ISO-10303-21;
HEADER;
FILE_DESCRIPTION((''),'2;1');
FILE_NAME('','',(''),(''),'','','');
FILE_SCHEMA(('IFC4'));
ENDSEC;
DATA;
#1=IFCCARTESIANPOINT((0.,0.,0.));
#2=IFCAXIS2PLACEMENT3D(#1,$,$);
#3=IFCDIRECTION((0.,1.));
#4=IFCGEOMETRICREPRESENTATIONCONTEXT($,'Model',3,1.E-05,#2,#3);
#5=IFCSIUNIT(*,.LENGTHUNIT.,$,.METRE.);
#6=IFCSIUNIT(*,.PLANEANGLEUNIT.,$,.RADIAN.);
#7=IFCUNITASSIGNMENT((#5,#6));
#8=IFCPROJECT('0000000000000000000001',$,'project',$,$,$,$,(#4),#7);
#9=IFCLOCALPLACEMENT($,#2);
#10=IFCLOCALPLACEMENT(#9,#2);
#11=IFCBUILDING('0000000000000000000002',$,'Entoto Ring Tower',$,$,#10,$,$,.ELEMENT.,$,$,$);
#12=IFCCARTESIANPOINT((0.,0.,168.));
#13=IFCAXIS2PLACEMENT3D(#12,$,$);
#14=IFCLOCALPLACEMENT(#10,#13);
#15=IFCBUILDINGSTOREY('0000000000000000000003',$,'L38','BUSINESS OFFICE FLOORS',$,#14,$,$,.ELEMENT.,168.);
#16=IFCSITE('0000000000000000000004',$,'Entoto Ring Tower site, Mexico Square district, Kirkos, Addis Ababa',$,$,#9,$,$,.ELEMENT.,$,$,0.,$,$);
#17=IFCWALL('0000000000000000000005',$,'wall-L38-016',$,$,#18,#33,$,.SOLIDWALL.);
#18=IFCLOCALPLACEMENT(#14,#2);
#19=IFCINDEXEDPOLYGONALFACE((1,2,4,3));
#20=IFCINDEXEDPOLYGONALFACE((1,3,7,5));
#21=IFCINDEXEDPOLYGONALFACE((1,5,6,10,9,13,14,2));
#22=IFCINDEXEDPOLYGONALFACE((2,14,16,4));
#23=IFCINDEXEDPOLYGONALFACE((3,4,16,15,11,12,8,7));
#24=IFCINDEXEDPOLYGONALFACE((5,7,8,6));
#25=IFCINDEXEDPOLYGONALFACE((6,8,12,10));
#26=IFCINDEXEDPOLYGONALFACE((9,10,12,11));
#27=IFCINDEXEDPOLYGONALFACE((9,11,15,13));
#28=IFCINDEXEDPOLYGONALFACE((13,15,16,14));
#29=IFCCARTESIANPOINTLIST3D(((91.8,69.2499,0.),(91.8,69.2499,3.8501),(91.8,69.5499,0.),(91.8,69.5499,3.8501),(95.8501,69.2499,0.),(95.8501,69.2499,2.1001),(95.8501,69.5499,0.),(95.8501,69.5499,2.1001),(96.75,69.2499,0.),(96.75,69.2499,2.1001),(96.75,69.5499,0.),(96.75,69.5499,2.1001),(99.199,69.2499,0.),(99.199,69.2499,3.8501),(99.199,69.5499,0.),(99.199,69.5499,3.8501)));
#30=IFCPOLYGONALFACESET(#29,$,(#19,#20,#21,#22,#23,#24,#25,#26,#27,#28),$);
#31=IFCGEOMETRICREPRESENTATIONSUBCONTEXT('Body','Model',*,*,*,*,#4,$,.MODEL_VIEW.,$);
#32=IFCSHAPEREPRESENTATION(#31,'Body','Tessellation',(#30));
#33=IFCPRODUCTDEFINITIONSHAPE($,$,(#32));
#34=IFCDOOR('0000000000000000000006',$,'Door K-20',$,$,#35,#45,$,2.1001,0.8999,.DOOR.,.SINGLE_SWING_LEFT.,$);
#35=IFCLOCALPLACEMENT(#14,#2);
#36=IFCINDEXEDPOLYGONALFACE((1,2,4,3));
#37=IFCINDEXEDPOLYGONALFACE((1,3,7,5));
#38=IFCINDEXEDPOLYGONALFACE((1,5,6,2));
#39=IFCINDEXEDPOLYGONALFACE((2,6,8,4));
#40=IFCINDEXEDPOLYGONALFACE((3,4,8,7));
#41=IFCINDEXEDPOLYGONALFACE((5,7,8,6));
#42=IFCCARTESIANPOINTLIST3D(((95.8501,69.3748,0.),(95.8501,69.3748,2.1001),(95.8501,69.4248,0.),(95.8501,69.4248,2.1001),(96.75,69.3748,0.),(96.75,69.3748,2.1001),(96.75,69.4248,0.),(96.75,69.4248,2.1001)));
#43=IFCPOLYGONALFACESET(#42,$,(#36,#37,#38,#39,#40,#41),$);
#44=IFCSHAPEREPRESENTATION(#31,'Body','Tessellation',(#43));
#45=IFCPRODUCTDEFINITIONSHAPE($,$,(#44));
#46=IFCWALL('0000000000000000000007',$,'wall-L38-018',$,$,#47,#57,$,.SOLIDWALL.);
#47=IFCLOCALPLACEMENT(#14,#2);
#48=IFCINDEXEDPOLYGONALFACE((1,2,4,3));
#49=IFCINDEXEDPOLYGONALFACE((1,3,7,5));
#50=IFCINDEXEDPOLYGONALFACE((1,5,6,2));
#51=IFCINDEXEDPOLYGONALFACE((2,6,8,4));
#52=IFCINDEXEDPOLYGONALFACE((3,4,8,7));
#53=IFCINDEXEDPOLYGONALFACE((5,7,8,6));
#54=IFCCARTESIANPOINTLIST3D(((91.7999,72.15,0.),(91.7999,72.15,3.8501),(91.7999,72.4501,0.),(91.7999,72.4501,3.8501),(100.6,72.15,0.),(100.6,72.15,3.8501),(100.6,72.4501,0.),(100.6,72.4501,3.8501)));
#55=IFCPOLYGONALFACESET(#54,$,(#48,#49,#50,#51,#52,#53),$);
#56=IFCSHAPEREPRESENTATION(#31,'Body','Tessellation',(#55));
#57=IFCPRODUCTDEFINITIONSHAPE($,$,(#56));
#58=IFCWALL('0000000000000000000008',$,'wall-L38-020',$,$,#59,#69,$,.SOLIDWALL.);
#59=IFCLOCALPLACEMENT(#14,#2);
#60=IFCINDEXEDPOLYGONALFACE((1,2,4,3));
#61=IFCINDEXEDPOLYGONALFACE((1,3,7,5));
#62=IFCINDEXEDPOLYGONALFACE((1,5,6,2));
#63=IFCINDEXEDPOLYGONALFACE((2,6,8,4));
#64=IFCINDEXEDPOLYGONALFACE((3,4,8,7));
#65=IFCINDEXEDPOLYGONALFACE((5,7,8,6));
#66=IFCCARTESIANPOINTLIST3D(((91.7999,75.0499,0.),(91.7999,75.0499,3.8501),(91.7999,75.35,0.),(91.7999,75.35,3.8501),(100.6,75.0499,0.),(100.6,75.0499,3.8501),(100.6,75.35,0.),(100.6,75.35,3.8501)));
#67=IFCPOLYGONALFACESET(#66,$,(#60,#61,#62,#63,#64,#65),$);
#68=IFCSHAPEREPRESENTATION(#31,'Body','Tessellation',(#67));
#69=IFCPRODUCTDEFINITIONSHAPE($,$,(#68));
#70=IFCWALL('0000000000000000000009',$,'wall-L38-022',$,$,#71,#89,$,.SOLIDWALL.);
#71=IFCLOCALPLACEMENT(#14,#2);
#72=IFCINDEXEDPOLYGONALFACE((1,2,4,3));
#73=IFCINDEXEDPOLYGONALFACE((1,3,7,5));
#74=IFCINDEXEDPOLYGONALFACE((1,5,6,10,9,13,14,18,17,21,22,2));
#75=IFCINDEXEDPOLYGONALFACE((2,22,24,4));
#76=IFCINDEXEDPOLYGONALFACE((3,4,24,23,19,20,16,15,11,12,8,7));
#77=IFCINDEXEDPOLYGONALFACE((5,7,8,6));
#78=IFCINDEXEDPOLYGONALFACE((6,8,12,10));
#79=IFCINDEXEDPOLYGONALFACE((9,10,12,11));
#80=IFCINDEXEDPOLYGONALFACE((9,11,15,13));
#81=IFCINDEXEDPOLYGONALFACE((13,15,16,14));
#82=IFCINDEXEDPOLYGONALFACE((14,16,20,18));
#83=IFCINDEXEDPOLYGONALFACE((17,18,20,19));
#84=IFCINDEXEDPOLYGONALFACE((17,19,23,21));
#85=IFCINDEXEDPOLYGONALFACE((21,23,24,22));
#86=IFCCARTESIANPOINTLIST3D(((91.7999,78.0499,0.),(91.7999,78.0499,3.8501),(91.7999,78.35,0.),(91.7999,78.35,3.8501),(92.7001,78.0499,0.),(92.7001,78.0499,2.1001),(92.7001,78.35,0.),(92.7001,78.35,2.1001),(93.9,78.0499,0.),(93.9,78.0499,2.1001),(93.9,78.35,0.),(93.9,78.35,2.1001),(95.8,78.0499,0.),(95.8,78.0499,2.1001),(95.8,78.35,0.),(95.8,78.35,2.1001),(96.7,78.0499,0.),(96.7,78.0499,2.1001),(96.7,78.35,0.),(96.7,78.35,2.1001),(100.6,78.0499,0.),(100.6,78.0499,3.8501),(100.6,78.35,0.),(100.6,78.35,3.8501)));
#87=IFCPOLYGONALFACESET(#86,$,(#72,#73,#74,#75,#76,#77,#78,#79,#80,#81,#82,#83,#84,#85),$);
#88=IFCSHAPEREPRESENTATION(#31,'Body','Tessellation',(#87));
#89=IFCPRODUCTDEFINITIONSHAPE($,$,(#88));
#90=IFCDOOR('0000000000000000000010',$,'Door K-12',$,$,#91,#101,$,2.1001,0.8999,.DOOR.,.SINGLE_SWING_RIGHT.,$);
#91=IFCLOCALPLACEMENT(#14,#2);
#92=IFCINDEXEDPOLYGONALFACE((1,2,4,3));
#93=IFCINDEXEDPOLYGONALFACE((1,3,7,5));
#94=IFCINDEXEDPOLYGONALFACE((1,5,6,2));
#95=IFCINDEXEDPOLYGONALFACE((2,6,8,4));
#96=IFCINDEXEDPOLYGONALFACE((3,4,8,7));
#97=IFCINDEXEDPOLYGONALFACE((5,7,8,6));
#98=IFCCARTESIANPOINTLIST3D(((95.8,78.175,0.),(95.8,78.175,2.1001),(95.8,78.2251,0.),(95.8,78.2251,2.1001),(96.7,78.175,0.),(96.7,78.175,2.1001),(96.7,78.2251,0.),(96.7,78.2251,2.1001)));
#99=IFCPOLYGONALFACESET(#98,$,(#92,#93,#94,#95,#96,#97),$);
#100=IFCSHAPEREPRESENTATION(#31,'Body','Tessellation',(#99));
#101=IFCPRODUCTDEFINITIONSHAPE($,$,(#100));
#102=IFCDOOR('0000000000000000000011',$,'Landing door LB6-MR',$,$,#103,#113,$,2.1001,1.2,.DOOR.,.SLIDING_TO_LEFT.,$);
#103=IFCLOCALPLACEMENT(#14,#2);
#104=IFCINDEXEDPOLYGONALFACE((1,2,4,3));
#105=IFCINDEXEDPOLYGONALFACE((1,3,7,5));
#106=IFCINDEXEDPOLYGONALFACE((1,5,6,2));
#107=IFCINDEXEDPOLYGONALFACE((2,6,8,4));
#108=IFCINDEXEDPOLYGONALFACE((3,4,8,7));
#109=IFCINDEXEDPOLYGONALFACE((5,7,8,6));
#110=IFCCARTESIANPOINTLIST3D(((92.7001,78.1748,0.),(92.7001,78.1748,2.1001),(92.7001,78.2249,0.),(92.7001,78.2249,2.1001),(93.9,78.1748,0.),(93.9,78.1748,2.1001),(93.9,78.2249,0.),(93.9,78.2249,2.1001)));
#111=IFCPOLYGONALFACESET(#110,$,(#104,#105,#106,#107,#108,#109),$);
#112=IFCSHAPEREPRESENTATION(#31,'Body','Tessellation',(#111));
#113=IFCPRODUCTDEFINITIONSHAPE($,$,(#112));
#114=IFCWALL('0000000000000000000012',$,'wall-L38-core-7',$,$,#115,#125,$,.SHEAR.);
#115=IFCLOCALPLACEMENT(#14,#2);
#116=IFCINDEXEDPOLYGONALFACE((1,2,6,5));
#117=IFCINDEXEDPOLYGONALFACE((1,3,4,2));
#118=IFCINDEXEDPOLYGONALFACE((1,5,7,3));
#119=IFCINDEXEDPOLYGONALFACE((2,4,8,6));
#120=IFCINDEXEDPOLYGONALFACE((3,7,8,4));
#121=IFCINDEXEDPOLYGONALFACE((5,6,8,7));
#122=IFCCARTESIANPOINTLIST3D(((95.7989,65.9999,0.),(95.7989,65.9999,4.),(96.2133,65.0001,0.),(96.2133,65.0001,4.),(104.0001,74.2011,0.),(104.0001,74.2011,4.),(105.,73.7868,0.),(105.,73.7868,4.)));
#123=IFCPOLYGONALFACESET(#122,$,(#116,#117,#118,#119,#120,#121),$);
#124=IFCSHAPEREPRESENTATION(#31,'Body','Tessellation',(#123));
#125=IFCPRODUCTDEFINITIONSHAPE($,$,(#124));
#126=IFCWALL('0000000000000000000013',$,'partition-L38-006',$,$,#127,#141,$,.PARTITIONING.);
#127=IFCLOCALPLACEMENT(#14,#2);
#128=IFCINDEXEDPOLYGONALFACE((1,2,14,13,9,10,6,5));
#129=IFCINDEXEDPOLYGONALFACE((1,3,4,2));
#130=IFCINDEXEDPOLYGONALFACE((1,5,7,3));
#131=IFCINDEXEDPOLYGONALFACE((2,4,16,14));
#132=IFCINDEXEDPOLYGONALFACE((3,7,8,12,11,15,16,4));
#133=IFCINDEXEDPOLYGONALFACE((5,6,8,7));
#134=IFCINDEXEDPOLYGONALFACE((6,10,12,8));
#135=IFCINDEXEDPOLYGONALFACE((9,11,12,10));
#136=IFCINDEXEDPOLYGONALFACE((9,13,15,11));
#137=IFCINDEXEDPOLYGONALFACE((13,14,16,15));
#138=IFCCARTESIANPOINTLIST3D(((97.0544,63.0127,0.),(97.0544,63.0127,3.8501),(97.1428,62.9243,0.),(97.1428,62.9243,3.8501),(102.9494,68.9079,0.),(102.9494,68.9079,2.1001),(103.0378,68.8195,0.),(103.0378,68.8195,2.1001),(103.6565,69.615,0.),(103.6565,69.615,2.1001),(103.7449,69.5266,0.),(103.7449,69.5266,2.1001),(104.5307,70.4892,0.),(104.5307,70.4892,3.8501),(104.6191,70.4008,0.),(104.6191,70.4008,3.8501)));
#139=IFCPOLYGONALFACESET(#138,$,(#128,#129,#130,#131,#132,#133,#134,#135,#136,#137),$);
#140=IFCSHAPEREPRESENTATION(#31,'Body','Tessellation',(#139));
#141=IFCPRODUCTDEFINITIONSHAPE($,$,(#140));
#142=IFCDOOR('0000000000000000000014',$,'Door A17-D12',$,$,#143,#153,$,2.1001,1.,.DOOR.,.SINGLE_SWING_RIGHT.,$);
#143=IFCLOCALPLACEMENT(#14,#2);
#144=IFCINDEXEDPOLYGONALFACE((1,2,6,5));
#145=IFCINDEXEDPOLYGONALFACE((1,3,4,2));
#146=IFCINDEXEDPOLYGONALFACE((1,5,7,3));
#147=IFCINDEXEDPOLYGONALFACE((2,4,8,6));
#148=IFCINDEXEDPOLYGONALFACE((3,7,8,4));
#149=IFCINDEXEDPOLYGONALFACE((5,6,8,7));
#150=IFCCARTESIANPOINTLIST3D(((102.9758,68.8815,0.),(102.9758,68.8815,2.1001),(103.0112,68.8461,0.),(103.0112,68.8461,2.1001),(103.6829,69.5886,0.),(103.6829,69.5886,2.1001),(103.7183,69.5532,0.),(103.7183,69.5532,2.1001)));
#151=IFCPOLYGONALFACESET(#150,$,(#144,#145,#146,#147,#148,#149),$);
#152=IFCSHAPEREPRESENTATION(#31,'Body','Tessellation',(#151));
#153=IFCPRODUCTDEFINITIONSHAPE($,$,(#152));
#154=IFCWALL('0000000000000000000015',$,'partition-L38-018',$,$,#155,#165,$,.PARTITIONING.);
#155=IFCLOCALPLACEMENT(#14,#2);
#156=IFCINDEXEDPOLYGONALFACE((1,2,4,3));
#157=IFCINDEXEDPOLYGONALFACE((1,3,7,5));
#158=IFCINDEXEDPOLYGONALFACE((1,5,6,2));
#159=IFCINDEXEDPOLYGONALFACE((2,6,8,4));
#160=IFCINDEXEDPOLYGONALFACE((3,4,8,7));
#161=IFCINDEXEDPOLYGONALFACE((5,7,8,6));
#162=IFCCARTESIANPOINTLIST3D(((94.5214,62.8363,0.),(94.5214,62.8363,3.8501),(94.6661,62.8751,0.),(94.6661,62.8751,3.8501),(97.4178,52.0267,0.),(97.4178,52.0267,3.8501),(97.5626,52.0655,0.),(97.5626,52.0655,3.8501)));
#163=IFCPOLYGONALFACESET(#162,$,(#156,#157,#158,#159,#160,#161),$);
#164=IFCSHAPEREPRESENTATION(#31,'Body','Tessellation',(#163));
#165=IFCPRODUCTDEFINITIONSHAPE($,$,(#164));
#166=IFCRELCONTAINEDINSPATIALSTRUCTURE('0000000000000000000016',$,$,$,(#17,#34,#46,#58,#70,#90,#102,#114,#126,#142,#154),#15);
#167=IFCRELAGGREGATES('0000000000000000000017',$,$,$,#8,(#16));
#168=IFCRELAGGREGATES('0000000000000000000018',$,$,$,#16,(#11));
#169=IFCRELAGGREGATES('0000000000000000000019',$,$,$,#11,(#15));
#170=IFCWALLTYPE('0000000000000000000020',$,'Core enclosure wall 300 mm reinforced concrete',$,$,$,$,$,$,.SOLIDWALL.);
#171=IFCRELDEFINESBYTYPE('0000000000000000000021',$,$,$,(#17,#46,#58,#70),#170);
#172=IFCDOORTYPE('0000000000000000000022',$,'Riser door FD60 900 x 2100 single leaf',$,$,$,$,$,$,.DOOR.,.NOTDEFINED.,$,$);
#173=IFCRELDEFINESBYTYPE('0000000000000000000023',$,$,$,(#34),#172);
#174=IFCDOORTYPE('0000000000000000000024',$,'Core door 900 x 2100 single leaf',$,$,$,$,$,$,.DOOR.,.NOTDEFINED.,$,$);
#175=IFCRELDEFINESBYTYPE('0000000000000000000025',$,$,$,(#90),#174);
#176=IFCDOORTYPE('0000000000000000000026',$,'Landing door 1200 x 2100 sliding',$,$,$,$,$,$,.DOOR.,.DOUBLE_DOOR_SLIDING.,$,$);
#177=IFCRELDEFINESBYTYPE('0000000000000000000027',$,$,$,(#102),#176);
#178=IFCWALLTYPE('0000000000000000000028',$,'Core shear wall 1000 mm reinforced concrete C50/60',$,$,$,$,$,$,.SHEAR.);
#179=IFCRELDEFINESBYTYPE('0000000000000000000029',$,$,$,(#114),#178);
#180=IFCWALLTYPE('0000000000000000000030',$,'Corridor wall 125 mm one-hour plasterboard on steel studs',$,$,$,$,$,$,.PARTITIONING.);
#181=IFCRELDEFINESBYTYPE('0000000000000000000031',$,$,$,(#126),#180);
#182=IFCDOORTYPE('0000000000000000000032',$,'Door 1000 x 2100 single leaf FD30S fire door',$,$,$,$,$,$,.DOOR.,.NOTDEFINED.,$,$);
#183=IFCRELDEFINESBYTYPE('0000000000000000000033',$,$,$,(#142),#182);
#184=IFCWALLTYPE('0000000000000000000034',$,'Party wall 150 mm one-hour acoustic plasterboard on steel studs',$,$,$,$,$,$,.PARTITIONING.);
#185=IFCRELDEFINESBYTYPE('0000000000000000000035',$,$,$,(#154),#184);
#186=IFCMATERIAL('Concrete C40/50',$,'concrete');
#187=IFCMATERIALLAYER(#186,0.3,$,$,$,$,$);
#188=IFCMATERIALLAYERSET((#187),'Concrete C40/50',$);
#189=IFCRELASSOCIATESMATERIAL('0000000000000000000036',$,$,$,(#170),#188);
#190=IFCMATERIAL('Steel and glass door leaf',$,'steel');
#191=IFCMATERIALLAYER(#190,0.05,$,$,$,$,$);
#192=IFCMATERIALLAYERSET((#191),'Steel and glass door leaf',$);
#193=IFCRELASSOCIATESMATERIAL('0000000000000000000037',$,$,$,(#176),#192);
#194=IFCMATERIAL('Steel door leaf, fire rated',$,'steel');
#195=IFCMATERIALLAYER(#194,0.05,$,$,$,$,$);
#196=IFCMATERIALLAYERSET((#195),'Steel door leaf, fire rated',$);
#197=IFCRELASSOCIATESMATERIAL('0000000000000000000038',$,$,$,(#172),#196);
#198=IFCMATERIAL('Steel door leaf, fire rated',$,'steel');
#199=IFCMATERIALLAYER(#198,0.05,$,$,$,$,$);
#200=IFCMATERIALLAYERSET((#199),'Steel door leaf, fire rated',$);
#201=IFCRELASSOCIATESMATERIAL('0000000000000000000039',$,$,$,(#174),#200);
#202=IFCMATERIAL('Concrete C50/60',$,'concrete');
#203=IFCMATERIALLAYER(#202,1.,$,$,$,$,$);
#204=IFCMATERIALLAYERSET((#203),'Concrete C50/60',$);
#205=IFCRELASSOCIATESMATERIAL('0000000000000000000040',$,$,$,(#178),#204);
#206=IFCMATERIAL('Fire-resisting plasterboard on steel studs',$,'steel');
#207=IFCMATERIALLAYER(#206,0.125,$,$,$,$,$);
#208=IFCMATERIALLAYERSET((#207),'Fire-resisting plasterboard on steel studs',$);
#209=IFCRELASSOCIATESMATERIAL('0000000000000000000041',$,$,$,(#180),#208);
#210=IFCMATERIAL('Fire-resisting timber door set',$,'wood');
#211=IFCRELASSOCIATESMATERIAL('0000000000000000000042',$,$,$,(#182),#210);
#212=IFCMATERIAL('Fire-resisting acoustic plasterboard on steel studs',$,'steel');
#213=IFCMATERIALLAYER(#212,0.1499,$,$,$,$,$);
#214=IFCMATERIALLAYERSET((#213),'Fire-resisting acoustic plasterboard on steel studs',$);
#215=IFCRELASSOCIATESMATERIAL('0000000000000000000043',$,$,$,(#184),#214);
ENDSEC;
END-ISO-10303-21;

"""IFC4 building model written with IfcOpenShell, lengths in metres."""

from ifc_helpers import new_model, si_unit, direction, frame, frame_2d, origin, place, context, subcontext, project, spatial, polyline, rectangle, outline, extrude, material, layer, layer_set, type_object, element, fill, save


model = new_model("IFC4")

# Units and contexts
model_context = context("Model", 3, precision=1e-05, world=origin(), true_north=direction((0.0, 1.0)))
body_context = subcontext(model_context, "Body", "Model", "MODEL_VIEW")
ifc_project = project(units=[si_unit("LENGTHUNIT", "METRE"), si_unit("PLANEANGLEUNIT", "RADIAN")], contexts=[model_context])

# Site, building, storey
site_placement = place(None, origin())
site = spatial("IfcSite", under=ifc_project, at=site_placement, Name="Entoto Ring Tower site, Mexico Square district, Kirkos, Addis Ababa", CompositionType="ELEMENT", RefElevation=0.0)
building_placement = place(site_placement, origin())
building = spatial("IfcBuilding", under=site, at=building_placement, Name="Entoto Ring Tower", CompositionType="ELEMENT")
storey_placement = place(building_placement, frame((0.0, 0.0, 168.0)))
storey = spatial("IfcBuildingStorey", under=building, at=storey_placement, Name="L38", Description="BUSINESS OFFICE FLOORS", CompositionType="ELEMENT", Elevation=168.0)

# Shared definitions
ifc_material_1 = material(Name="Concrete C40/50", Category="concrete")
ifc_layer_1 = layer(ifc_material_1, 0.3)
ifc_layer_set_1 = layer_set([ifc_layer_1], Name="Concrete C40/50")
wall_type_1 = type_object("IfcWallType", Name="Core enclosure wall 300 mm reinforced concrete", PredefinedType="SOLIDWALL", material=ifc_layer_set_1)

# Shared definitions
ifc_material_2 = material(Name="Steel and glass door leaf", Category="steel")
ifc_layer_2 = layer(ifc_material_2, 0.05)
ifc_layer_set_2 = layer_set([ifc_layer_2], Name="Steel and glass door leaf")
door_type_1 = type_object("IfcDoorType", Name="Landing door 1200 x 2100 sliding", OperationType="DOUBLE_DOOR_SLIDING", PredefinedType="DOOR", material=ifc_layer_set_2)

# Wall, opening, door
wall_1_placement = place(storey_placement, frame((91.8, 69.3999, 0.0), z_axis=(0.0, 0.0, 1.0), x_axis=(1.0, 0.0, 0.0)))
wall_1 = element("IfcWall", 1, at=wall_1_placement, inside=storey, type_object=wall_type_1, Name="wall-L38-016", PredefinedType="SOLIDWALL", context=body_context, shape_type="SweptSolid", body=[
    extrude(rectangle(XDim=7.3989, YDim=0.3, at=frame_2d((3.6995, 0.0))), origin(), (0.0, 0.0, 1.0), 3.8501),
])
opening_1_placement = place(wall_1_placement, frame((4.05, 0.0, 0.0)))
opening_1 = element("IfcOpeningElement", 2, at=opening_1_placement, cuts=wall_1, PredefinedType="OPENING", context=body_context, shape_type="SweptSolid", body=[
    extrude(rectangle(XDim=0.8999, YDim=2.1001, at=frame_2d((0.45, 1.05))), frame((0.0, 0.1602, 0.0), z_axis=(0.0, -1.0, 0.0), x_axis=(1.0, 0.0, 0.0)), (0.0, 0.0, 1.0), 0.3201),
])
ifc_material_3 = material(Name="Steel door leaf, fire rated", Category="steel")
ifc_layer_3 = layer(ifc_material_3, 0.05)
ifc_layer_set_3 = layer_set([ifc_layer_3], Name="Steel door leaf, fire rated")
door_type_2 = type_object("IfcDoorType", Name="Riser door FD60 900 x 2100 single leaf", OperationType="NOTDEFINED", PredefinedType="DOOR", material=ifc_layer_set_3)
door_1_placement = place(opening_1_placement, origin())
door_1 = element("IfcDoor", 3, at=door_1_placement, inside=storey, type_object=door_type_2, Name="Door K-20", OperationType="SINGLE_SWING_LEFT", OverallHeight=2.1001, OverallWidth=0.8999, PredefinedType="DOOR", context=body_context, shape_type="SweptSolid", body=[
    extrude(rectangle(XDim=0.8999, YDim=2.1001, at=frame_2d((0.45, 1.05))), frame((0.0, 0.0249, 0.0), z_axis=(0.0, -1.0, 0.0), x_axis=(1.0, 0.0, 0.0)), (0.0, 0.0, 1.0), 0.05),
])
fill(opening_1, door_1)

# Walls
for number, where, z_axis, x_axis, name in (
    (4, (91.8, 72.3, 0.0), (0.0, 0.0, 1.0), (1.0, 0.0, 0.0), "wall-L38-018"),
    (5, (91.8, 75.2, 0.0), (0.0, 0.0, 1.0), (1.0, 0.0, 0.0), "wall-L38-020"),
):
    element("IfcWall", number, at=place(storey_placement, frame(where, z_axis=z_axis, x_axis=x_axis)), inside=storey, type_object=wall_type_1, Name=name, PredefinedType="SOLIDWALL", context=body_context, shape_type="SweptSolid", body=[
        extrude(rectangle(XDim=8.8, YDim=0.3, at=frame_2d((4.3999, 0.0))), origin(), (0.0, 0.0, 1.0), 3.8501),
    ])

# Wall, openings, doors
wall_2_placement = place(storey_placement, frame((91.8, 78.2, 0.0), z_axis=(0.0, 0.0, 1.0), x_axis=(1.0, 0.0, 0.0)))
wall_2 = element("IfcWall", 6, at=wall_2_placement, inside=storey, type_object=wall_type_1, Name="wall-L38-022", PredefinedType="SOLIDWALL", context=body_context, shape_type="SweptSolid", body=[
    extrude(rectangle(XDim=8.8, YDim=0.3, at=frame_2d((4.3999, 0.0))), origin(), (0.0, 0.0, 1.0), 3.8501),
])
opening_2_placement = place(wall_2_placement, frame((0.8999, 0.0, 0.0)))
opening_2 = element("IfcOpeningElement", 7, at=opening_2_placement, cuts=wall_2, PredefinedType="OPENING", context=body_context, shape_type="SweptSolid", body=[
    extrude(rectangle(XDim=1.2, YDim=2.1001, at=frame_2d((0.6001, 1.05))), frame((0.0, 0.1602, 0.0), z_axis=(0.0, -1.0, 0.0), x_axis=(1.0, 0.0, 0.0)), (0.0, 0.0, 1.0), 0.3201),
])
opening_3_placement = place(wall_2_placement, frame((4.0, 0.0, 0.0)))
opening_3 = element("IfcOpeningElement", 8, at=opening_3_placement, cuts=wall_2, PredefinedType="OPENING", context=body_context, shape_type="SweptSolid", body=[
    extrude(rectangle(XDim=0.8999, YDim=2.1001, at=frame_2d((0.45, 1.05))), frame((0.0, 0.1602, 0.0), z_axis=(0.0, -1.0, 0.0), x_axis=(1.0, 0.0, 0.0)), (0.0, 0.0, 1.0), 0.3201),
])
ifc_material_4 = material(Name="Steel door leaf, fire rated", Category="steel")
ifc_layer_4 = layer(ifc_material_4, 0.05)
ifc_layer_set_4 = layer_set([ifc_layer_4], Name="Steel door leaf, fire rated")
door_type_3 = type_object("IfcDoorType", Name="Core door 900 x 2100 single leaf", OperationType="NOTDEFINED", PredefinedType="DOOR", material=ifc_layer_set_4)
door_2_placement = place(opening_3_placement, frame((0.8999, 0.0, 0.0), z_axis=(0.0, 0.0, 1.0), x_axis=(-1.0, 0.0, 0.0)))
door_2 = element("IfcDoor", 9, at=door_2_placement, inside=storey, type_object=door_type_3, Name="Door K-12", OperationType="SINGLE_SWING_RIGHT", OverallHeight=2.1001, OverallWidth=0.8999, PredefinedType="DOOR", context=body_context, shape_type="SweptSolid", body=[
    extrude(rectangle(XDim=0.8999, YDim=2.1001, at=frame_2d((0.45, 1.05))), frame((0.0, 0.0249, 0.0), z_axis=(0.0, -1.0, 0.0), x_axis=(1.0, 0.0, 0.0)), (0.0, 0.0, 1.0), 0.05),
])
fill(opening_3, door_2)
door_3_placement = place(opening_2_placement, origin())
door_3 = element("IfcDoor", 10, at=door_3_placement, inside=storey, type_object=door_type_1, Name="Landing door LB6-MR", OperationType="SLIDING_TO_LEFT", OverallHeight=2.1001, OverallWidth=1.2, PredefinedType="DOOR", context=body_context, shape_type="SweptSolid", body=[
    extrude(rectangle(XDim=1.2, YDim=2.1001, at=frame_2d((0.6001, 1.05))), frame((0.0, 0.0249, 0.0), z_axis=(0.0, -1.0, 0.0), x_axis=(1.0, 0.0, 0.0)), (0.0, 0.0, 1.0), 0.05),
])
fill(opening_2, door_3)

# Wall
ifc_material_5 = material(Name="Concrete C50/60", Category="concrete")
ifc_layer_5 = layer(ifc_material_5, 1.0)
ifc_layer_set_5 = layer_set([ifc_layer_5], Name="Concrete C50/60")
wall_type_2 = type_object("IfcWallType", Name="Core shear wall 1000 mm reinforced concrete C50/60", PredefinedType="SHEAR", material=ifc_layer_set_5)
wall_3_placement = place(storey_placement, frame((96.0061, 65.5, 0.0), z_axis=(0.0, 0.0, 1.0), x_axis=(0.707107, 0.707107, 0.0)))
element("IfcWall", 11, at=wall_3_placement, inside=storey, type_object=wall_type_2, Name="wall-L38-core-7", PredefinedType="SHEAR", context=body_context, shape_type="SweptSolid", body=[
    extrude(outline(polyline([(-0.207, -0.5), (12.2192, -0.5), (11.8052, 0.5), (0.207, 0.5), (-0.207, -0.5)])), origin(), (0.0, 0.0, 1.0), 4.0),
])

# Wall, opening, door
ifc_material_6 = material(Name="Fire-resisting plasterboard on steel studs", Category="steel")
ifc_layer_6 = layer(ifc_material_6, 0.125)
ifc_layer_set_6 = layer_set([ifc_layer_6], Name="Fire-resisting plasterboard on steel studs")
wall_type_3 = type_object("IfcWallType", Name="Corridor wall 125 mm one-hour plasterboard on steel studs", PredefinedType="PARTITIONING", material=ifc_layer_set_6)
wall_4_placement = place(storey_placement, frame((97.0986, 62.9685, 0.0), z_axis=(0.0, 0.0, 1.0), x_axis=(0.707095, 0.707118, 0.0)))
wall_4 = element("IfcWall", 12, at=wall_4_placement, inside=storey, type_object=wall_type_3, Name="partition-L38-006", PredefinedType="PARTITIONING", context=body_context, shape_type="SweptSolid", body=[
    extrude(rectangle(XDim=10.5732, YDim=0.125, at=frame_2d((5.2866, 0.0))), origin(), (0.0, 0.0, 1.0), 3.8501),
])
opening_4_placement = place(wall_4_placement, frame((8.3369, 0.0, 0.0)))
opening_4 = element("IfcOpeningElement", 13, at=opening_4_placement, cuts=wall_4, PredefinedType="OPENING", context=body_context, shape_type="SweptSolid", body=[
    extrude(rectangle(XDim=1.0, YDim=2.1001, at=frame_2d((0.5, 1.05))), frame((0.0, 0.0725, 0.0), z_axis=(0.0, -1.0, 0.0), x_axis=(1.0, 0.0, 0.0)), (0.0, 0.0, 1.0), 0.145),
])
ifc_material_7 = material(Name="Fire-resisting timber door set", Category="wood")
door_type_4 = type_object("IfcDoorType", Name="Door 1000 x 2100 single leaf FD30S fire door", OperationType="NOTDEFINED", PredefinedType="DOOR", material=ifc_material_7)
door_4_placement = place(opening_4_placement, frame((1.0, 0.0, 0.0), z_axis=(0.0, 0.0, 1.0), x_axis=(-1.0, 0.0, 0.0)))
door_4 = element("IfcDoor", 14, at=door_4_placement, inside=storey, type_object=door_type_4, Name="Door A17-D12", OperationType="SINGLE_SWING_RIGHT", OverallHeight=2.1001, OverallWidth=1.0, PredefinedType="DOOR", context=body_context, shape_type="SweptSolid", body=[
    extrude(rectangle(XDim=1.0, YDim=2.1001, at=frame_2d((0.5, 1.05))), frame((0.0, 0.0249, 0.0), z_axis=(0.0, -1.0, 0.0), x_axis=(1.0, 0.0, 0.0)), (0.0, 0.0, 1.0), 0.05),
])
fill(opening_4, door_4)

# Wall
ifc_material_8 = material(Name="Fire-resisting acoustic plasterboard on steel studs", Category="steel")
ifc_layer_7 = layer(ifc_material_8, 0.1499)
ifc_layer_set_7 = layer_set([ifc_layer_7], Name="Fire-resisting acoustic plasterboard on steel studs")
wall_type_4 = type_object("IfcWallType", Name="Party wall 150 mm one-hour acoustic plasterboard on steel studs", PredefinedType="PARTITIONING", material=ifc_layer_set_7)
wall_5_placement = place(storey_placement, frame((97.4902, 52.0461, 0.0), z_axis=(0.0, 0.0, 1.0), x_axis=(-0.258825, 0.965924, 0.0)))
element("IfcWall", 15, at=wall_5_placement, inside=storey, type_object=wall_type_4, Name="partition-L38-018", PredefinedType="PARTITIONING", context=body_context, shape_type="SweptSolid", body=[
    extrude(rectangle(XDim=11.1909, YDim=0.1499, at=frame_2d((5.5955, 0.0))), origin(), (0.0, 0.0, 1.0), 3.8501),
])

save(model, "model.ifc")
